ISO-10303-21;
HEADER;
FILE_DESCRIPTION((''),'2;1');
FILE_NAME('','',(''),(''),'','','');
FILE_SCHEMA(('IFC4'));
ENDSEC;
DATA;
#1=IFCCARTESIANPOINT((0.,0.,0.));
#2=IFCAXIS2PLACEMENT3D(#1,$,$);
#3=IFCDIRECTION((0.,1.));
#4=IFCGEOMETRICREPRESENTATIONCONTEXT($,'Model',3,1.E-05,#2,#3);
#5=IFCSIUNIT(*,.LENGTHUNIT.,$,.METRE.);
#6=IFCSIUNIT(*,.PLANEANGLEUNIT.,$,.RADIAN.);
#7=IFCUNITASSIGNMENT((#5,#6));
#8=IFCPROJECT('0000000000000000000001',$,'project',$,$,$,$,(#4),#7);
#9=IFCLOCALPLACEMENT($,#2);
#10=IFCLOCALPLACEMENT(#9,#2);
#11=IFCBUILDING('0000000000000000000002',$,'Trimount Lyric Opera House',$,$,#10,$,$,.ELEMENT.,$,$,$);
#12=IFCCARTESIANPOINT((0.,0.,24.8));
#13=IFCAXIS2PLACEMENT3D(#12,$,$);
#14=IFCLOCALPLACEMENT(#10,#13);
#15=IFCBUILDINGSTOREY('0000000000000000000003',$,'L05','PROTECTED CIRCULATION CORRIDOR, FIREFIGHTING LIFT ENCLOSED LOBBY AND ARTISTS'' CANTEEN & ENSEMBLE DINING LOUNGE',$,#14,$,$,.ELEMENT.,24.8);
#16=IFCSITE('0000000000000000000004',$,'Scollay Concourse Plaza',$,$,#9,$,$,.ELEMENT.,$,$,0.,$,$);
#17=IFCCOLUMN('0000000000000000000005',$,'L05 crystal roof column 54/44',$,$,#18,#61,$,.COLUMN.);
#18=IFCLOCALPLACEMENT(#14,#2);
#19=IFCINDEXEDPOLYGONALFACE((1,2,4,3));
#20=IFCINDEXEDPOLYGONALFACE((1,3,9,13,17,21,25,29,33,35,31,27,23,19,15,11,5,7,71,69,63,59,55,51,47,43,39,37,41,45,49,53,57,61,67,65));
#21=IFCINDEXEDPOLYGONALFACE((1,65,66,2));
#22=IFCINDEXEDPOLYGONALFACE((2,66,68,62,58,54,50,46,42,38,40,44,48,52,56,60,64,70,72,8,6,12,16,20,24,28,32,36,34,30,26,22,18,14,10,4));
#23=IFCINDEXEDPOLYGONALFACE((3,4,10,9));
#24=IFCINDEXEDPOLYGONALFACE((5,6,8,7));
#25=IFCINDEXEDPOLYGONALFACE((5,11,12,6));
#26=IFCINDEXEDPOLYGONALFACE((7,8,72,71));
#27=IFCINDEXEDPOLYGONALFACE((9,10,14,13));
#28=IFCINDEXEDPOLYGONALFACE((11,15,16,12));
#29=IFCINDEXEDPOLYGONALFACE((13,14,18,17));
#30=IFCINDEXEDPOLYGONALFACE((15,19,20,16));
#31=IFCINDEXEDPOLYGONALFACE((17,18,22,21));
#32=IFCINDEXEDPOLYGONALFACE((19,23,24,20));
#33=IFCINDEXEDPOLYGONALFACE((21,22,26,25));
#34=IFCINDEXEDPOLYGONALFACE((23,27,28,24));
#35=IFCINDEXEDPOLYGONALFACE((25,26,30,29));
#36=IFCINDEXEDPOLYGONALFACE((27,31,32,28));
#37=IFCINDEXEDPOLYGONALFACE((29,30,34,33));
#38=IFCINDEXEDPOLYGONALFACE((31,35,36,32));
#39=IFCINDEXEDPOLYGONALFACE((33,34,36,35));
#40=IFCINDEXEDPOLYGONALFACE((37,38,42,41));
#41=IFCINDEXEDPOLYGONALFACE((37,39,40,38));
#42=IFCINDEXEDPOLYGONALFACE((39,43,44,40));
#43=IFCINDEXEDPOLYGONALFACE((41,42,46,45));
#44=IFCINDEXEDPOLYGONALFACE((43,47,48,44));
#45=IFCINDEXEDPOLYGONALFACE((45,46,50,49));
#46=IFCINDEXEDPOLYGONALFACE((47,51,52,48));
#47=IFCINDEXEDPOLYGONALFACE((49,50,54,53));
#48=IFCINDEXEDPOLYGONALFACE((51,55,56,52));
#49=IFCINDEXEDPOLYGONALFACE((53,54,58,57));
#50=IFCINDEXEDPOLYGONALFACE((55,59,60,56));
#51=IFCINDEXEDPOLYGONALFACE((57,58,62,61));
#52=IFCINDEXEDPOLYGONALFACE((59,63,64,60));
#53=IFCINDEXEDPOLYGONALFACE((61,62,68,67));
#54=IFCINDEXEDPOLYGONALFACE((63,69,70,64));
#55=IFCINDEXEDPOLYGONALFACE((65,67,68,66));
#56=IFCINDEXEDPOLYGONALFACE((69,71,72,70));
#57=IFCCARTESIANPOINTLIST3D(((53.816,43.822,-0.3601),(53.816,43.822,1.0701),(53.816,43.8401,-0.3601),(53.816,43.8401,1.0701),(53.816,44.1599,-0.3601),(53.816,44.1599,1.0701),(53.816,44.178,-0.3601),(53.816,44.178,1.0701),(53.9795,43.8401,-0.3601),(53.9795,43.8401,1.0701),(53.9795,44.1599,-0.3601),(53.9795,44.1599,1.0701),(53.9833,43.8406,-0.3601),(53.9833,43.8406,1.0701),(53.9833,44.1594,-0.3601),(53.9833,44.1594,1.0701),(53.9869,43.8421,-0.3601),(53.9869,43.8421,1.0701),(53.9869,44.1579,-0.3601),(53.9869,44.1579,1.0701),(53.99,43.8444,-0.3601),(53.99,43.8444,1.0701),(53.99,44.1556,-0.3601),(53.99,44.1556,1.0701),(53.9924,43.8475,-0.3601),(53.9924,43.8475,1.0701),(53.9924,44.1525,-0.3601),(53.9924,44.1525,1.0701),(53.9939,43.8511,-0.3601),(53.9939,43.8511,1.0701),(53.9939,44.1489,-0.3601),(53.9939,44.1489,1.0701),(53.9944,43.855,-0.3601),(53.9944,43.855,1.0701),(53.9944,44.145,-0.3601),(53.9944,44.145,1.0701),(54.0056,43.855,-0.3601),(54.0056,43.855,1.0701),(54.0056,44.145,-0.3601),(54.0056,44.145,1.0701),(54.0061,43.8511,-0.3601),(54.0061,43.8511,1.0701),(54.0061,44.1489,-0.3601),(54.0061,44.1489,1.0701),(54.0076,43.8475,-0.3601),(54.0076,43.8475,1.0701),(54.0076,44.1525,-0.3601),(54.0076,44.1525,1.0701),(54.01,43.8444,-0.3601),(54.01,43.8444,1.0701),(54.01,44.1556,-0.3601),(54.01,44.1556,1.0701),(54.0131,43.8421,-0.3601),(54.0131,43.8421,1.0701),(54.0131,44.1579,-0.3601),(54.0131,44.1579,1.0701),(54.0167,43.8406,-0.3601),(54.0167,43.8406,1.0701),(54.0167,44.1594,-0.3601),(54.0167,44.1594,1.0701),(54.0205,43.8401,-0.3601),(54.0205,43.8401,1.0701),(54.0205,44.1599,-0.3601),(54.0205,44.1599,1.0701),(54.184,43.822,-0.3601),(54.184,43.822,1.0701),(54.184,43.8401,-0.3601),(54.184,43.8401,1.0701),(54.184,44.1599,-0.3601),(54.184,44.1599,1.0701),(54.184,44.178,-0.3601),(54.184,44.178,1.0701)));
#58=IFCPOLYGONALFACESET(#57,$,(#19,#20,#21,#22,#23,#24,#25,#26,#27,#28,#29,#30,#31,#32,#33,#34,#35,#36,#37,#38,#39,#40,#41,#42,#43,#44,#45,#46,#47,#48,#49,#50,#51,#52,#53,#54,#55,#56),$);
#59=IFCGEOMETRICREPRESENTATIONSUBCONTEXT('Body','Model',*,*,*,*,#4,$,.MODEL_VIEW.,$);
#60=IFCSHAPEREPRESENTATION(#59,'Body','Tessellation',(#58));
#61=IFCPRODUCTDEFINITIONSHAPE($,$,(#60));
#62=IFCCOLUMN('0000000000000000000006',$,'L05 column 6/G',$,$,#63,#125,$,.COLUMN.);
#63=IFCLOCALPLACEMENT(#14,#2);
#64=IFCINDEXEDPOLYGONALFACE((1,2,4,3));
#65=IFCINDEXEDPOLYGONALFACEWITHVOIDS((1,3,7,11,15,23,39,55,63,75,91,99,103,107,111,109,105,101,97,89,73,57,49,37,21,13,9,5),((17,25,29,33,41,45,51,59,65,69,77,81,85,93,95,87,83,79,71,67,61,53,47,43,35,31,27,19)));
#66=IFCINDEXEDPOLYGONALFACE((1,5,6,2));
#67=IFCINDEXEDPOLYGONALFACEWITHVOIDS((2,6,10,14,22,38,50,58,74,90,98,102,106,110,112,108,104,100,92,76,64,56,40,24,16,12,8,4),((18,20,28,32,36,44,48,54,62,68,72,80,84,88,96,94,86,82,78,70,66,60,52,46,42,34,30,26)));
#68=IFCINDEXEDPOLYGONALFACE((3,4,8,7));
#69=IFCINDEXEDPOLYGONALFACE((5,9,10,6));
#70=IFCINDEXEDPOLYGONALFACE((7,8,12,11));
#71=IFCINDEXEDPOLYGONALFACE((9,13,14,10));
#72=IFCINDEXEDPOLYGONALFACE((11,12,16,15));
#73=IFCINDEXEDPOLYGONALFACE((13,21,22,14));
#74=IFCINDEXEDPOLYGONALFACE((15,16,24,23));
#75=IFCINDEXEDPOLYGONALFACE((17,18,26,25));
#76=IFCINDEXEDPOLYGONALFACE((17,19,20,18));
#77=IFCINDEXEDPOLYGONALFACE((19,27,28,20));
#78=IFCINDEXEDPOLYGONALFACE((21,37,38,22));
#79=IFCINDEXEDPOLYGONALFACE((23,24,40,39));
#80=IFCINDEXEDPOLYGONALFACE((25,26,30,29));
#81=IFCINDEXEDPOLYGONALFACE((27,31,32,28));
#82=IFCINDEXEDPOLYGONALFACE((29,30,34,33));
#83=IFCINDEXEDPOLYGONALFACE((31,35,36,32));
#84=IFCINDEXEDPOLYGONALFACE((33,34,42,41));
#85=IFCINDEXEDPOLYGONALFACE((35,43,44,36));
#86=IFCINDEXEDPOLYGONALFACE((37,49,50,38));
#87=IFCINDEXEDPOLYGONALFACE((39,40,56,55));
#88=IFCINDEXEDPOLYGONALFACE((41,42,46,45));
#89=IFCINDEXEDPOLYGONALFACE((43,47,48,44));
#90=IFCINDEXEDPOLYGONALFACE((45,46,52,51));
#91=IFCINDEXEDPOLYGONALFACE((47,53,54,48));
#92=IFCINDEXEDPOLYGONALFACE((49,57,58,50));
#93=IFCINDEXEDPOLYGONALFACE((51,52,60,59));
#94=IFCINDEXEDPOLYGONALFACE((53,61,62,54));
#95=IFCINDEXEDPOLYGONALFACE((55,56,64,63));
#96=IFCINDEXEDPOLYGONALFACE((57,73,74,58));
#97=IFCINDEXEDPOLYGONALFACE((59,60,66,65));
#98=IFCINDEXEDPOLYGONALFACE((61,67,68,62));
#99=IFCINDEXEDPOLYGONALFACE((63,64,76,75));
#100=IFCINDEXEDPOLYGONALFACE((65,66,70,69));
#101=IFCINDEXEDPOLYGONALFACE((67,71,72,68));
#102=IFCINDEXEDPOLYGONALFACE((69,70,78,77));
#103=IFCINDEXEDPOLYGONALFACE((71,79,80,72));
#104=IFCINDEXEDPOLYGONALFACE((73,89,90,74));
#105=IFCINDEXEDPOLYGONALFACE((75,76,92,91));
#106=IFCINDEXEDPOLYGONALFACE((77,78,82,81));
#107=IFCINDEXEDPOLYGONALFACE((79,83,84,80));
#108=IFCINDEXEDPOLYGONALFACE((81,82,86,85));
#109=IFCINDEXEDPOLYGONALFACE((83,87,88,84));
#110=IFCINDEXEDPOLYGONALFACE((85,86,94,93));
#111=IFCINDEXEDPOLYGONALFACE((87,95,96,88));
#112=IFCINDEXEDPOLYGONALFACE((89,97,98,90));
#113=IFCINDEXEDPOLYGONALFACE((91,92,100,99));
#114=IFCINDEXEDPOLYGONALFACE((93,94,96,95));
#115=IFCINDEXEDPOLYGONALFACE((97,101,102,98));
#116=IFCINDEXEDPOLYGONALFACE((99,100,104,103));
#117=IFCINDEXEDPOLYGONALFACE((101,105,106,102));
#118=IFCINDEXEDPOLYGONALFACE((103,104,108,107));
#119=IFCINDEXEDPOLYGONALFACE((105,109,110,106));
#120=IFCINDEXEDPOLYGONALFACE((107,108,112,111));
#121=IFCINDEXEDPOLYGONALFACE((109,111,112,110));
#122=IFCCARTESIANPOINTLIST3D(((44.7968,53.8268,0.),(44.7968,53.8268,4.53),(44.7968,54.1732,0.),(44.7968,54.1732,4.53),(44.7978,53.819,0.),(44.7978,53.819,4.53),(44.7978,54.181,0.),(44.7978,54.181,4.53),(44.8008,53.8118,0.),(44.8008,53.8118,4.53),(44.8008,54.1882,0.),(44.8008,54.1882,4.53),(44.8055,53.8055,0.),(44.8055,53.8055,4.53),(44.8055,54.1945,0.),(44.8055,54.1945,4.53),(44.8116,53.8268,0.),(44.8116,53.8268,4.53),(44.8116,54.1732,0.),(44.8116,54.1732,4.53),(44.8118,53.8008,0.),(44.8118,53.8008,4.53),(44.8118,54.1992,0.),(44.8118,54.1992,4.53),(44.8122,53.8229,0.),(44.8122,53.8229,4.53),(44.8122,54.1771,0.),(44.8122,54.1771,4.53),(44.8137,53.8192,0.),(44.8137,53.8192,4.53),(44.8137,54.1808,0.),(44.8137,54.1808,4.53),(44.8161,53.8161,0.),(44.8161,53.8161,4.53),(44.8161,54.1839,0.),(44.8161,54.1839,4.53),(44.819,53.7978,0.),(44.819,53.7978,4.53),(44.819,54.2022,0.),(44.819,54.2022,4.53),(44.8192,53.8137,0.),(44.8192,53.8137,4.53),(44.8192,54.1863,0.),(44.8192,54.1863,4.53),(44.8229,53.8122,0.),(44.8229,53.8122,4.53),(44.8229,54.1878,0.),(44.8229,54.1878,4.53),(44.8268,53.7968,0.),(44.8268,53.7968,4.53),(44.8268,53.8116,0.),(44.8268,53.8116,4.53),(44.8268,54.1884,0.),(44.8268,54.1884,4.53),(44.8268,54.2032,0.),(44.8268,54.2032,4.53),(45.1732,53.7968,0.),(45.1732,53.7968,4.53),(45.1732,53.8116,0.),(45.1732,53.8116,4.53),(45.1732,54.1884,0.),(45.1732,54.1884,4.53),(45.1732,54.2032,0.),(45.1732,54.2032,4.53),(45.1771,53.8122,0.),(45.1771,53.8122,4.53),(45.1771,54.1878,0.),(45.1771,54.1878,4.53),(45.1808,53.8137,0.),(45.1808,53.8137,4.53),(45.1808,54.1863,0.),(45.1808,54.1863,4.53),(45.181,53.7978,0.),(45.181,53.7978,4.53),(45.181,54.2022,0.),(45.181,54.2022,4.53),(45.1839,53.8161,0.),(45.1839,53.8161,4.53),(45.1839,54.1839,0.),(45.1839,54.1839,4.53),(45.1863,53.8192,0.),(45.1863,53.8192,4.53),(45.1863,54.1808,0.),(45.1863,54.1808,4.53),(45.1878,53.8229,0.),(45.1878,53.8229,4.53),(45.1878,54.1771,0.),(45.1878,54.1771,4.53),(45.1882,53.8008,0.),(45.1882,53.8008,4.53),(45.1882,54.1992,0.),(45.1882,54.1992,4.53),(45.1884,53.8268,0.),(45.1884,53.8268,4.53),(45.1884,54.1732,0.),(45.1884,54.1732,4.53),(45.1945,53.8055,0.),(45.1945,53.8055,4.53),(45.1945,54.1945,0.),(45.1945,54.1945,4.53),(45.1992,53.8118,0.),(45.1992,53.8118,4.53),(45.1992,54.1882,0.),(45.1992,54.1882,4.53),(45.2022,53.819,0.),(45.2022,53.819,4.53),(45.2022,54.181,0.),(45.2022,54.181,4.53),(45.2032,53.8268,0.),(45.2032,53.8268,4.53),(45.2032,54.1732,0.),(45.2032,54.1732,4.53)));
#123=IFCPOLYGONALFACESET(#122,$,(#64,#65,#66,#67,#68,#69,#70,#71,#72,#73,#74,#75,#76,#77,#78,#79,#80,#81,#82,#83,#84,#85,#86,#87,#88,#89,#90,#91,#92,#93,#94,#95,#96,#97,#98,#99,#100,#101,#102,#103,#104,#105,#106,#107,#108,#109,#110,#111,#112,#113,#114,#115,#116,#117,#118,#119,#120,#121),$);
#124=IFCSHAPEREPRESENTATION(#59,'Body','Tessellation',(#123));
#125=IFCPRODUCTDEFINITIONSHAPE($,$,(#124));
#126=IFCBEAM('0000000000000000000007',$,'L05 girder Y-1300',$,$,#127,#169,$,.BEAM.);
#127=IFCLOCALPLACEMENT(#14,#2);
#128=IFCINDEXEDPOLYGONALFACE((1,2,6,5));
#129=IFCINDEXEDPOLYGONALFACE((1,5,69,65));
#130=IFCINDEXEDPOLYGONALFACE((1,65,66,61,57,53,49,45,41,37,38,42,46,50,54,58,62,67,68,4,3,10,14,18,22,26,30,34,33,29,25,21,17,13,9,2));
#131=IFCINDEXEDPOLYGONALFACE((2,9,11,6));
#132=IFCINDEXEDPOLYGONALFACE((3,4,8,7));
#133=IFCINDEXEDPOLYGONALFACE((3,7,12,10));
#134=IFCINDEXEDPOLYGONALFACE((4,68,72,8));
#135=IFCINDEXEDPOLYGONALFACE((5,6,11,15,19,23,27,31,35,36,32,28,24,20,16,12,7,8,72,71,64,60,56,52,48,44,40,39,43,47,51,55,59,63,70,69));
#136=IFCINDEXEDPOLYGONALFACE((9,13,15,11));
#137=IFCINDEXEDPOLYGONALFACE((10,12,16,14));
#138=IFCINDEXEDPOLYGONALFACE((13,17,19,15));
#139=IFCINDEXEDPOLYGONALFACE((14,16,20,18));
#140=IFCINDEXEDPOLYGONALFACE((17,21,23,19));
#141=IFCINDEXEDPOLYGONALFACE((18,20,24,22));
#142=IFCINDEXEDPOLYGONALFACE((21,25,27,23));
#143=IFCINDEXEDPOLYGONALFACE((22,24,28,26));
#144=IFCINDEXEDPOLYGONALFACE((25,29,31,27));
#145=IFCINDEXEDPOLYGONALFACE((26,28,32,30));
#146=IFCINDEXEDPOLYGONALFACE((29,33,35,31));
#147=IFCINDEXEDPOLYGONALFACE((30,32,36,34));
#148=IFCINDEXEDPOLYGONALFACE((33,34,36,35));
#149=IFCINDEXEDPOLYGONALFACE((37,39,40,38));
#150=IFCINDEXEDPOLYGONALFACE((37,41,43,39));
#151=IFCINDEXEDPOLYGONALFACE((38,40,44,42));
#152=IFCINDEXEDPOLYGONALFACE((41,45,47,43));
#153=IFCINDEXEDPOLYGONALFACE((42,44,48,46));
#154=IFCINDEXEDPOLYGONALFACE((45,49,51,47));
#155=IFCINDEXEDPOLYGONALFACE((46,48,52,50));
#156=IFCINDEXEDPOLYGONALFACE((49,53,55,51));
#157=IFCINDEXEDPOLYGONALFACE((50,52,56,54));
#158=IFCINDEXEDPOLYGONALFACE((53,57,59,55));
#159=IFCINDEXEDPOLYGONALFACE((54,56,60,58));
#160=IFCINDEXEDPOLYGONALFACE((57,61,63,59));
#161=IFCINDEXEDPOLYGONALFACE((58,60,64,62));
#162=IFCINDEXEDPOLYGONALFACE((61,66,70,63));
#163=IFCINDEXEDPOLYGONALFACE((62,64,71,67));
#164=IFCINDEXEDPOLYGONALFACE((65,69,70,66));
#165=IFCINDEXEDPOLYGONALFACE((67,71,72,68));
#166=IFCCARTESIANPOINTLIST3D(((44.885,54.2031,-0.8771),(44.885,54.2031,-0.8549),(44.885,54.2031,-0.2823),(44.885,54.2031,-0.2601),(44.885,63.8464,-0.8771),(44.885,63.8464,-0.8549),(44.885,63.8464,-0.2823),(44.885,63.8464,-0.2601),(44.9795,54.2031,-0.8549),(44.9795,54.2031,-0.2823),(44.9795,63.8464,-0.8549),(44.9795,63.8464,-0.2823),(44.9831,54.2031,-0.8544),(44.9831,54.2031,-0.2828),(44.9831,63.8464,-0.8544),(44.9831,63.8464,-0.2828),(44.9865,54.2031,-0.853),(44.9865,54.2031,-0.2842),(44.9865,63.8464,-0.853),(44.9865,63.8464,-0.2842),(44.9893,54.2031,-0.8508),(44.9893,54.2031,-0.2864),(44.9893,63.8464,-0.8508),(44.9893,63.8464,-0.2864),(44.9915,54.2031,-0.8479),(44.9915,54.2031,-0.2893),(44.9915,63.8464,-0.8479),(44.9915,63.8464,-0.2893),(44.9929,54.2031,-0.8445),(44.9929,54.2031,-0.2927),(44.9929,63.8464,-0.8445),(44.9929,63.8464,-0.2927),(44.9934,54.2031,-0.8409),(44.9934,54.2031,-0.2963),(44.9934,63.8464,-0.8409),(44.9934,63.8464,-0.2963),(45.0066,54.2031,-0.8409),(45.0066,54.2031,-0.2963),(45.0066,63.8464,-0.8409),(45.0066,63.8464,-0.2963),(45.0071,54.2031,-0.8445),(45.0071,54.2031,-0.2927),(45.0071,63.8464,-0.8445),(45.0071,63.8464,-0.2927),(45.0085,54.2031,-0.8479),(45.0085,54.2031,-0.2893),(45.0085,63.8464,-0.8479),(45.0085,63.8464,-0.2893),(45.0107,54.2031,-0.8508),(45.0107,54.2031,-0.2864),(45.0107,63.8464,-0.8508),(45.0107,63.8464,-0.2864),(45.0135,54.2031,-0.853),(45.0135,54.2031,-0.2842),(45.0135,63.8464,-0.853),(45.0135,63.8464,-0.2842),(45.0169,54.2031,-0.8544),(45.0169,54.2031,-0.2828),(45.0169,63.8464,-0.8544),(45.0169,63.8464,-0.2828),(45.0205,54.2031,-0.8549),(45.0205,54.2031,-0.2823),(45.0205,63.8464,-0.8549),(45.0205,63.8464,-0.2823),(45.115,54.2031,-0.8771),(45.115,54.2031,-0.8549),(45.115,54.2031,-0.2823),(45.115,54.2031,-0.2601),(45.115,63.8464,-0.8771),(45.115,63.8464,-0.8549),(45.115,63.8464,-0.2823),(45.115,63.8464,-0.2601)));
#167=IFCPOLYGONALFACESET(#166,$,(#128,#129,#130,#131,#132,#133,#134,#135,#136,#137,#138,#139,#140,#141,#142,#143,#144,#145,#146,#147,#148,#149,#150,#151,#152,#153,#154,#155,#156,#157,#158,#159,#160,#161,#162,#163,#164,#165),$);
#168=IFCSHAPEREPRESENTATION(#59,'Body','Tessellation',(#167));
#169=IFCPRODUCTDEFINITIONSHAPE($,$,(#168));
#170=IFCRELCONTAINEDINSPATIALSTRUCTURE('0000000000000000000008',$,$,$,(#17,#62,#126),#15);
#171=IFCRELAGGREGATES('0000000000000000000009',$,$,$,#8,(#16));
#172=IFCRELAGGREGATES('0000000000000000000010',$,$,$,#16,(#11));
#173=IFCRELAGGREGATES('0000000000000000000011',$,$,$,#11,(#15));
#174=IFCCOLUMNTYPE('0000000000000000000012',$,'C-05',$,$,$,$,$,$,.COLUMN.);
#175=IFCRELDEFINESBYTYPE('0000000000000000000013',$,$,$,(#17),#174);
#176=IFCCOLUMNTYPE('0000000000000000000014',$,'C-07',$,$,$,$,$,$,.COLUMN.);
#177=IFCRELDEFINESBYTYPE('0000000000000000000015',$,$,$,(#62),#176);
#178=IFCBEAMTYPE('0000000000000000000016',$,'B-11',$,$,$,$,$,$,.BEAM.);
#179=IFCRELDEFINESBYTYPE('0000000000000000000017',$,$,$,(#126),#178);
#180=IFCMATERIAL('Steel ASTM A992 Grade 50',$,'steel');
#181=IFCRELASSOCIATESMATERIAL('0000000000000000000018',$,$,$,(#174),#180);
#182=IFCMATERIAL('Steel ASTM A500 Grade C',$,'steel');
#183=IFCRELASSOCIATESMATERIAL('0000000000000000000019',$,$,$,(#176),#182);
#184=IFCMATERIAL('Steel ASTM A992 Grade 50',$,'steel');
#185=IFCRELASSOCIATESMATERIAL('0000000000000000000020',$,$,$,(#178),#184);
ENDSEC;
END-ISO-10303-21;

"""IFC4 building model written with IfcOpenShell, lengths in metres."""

from ifc_helpers import new_model, si_unit, direction, frame, origin, origin_2d, place, context, subcontext, project, spatial, hollow_rectangle, i_section, extrude, material, material_profile, profile_set, type_object, element, save


model = new_model("IFC4")

# Units and contexts
model_context = context("Model", 3, precision=1e-05, world=origin(), true_north=direction((0.0, 1.0)))
body_context = subcontext(model_context, "Body", "Model", "MODEL_VIEW")
ifc_project = project(units=[si_unit("LENGTHUNIT", "METRE"), si_unit("PLANEANGLEUNIT", "RADIAN")], contexts=[model_context])

# Site, building, storey
site_placement = place(None, origin())
site = spatial("IfcSite", under=ifc_project, at=site_placement, Name="Scollay Concourse Plaza", CompositionType="ELEMENT", RefElevation=0.0)
building_placement = place(site_placement, origin())
building = spatial("IfcBuilding", under=site, at=building_placement, Name="Trimount Lyric Opera House", CompositionType="ELEMENT")
storey_placement = place(building_placement, frame((0.0, 0.0, 24.8)))
storey = spatial("IfcBuildingStorey", under=building, at=storey_placement, Name="L05", Description="PROTECTED CIRCULATION CORRIDOR, FIREFIGHTING LIFT ENCLOSED LOBBY AND ARTISTS' CANTEEN & ENSEMBLE DINING LOUNGE", CompositionType="ELEMENT", Elevation=24.8)

# Columns
ifc_material_1 = material(Name="Steel ASTM A992 Grade 50", Category="steel")
ifc_material_profile_1 = material_profile(ifc_material_1, i_section(OverallWidth=0.3679, OverallDepth=0.356, WebThickness=0.0112, FlangeThickness=0.0181, FilletRadius=0.0149, at=origin_2d()), Name="W14X90")
ifc_profile_set_1 = profile_set([ifc_material_profile_1], Name="Steel ASTM A992 Grade 50")
column_type_1 = type_object("IfcColumnType", Name="C-05", PredefinedType="COLUMN", material=ifc_profile_set_1)
for number, where, z_axis, x_axis, name in (
    (1, (54.0, 44.0, -0.3601), (0.0, 0.0, 1.0), (1.0, 0.0, 0.0), "L05 crystal roof column 54/44"),
):
    element("IfcColumn", number, at=place(storey_placement, frame(where, z_axis=z_axis, x_axis=x_axis)), inside=storey, type_object=column_type_1, Name=name, PredefinedType="COLUMN", context=body_context, shape_type="SweptSolid", body=[
        extrude(i_section(OverallWidth=0.3679, OverallDepth=0.356, WebThickness=0.0112, FlangeThickness=0.0181, FilletRadius=0.0149, at=origin_2d()), origin(), (0.0, 0.0, 1.0), 1.4302),
    ])
ifc_material_2 = material(Name="Steel ASTM A500 Grade C", Category="steel")
ifc_material_profile_2 = material_profile(ifc_material_2, hollow_rectangle(XDim=0.4065, YDim=0.4065, WallThickness=0.0149, InnerFilletRadius=0.0151, OuterFilletRadius=0.03, at=origin_2d()), Name="HSS406.4X406.4X15.9")
ifc_profile_set_2 = profile_set([ifc_material_profile_2], Name="Steel ASTM A500 Grade C")
column_type_2 = type_object("IfcColumnType", Name="C-07", PredefinedType="COLUMN", material=ifc_profile_set_2)
column_placement = place(storey_placement, frame((45.0, 54.0, 0.0), z_axis=(0.0, 0.0, 1.0), x_axis=(1.0, 0.0, 0.0)))
element("IfcColumn", 2, at=column_placement, inside=storey, type_object=column_type_2, Name="L05 column 6/G", PredefinedType="COLUMN", context=body_context, shape_type="SweptSolid", body=[
    extrude(hollow_rectangle(XDim=0.4065, YDim=0.4065, WallThickness=0.0149, InnerFilletRadius=0.0151, OuterFilletRadius=0.03, at=origin_2d()), origin(), (0.0, 0.0, 1.0), 4.53),
])

# Beam
ifc_material_3 = material(Name="Steel ASTM A992 Grade 50", Category="steel")
ifc_material_profile_3 = material_profile(ifc_material_3, i_section(OverallWidth=0.23, OverallDepth=0.6169, WebThickness=0.0132, FlangeThickness=0.0222, FilletRadius=0.0139, at=origin_2d()), Name="W24X94")
ifc_profile_set_3 = profile_set([ifc_material_profile_3], Name="Steel ASTM A992 Grade 50")
beam_type_1 = type_object("IfcBeamType", Name="B-11", PredefinedType="BEAM", material=ifc_profile_set_3)
beam_1_placement = place(storey_placement, frame((45.0, 54.2031, -0.5686), z_axis=(0.0, 1.0, 0.0), x_axis=(-1.0, 0.0, 0.0)))
element("IfcBeam", 3, at=beam_1_placement, inside=storey, type_object=beam_type_1, Name="L05 girder Y-1300", PredefinedType="BEAM", context=body_context, shape_type="SweptSolid", body=[
    extrude(i_section(OverallWidth=0.23, OverallDepth=0.6169, WebThickness=0.0132, FlangeThickness=0.0222, FilletRadius=0.0139, at=origin_2d()), origin(), (0.0, 0.0, 1.0), 9.6433),
])

save(model, "model.ifc")
